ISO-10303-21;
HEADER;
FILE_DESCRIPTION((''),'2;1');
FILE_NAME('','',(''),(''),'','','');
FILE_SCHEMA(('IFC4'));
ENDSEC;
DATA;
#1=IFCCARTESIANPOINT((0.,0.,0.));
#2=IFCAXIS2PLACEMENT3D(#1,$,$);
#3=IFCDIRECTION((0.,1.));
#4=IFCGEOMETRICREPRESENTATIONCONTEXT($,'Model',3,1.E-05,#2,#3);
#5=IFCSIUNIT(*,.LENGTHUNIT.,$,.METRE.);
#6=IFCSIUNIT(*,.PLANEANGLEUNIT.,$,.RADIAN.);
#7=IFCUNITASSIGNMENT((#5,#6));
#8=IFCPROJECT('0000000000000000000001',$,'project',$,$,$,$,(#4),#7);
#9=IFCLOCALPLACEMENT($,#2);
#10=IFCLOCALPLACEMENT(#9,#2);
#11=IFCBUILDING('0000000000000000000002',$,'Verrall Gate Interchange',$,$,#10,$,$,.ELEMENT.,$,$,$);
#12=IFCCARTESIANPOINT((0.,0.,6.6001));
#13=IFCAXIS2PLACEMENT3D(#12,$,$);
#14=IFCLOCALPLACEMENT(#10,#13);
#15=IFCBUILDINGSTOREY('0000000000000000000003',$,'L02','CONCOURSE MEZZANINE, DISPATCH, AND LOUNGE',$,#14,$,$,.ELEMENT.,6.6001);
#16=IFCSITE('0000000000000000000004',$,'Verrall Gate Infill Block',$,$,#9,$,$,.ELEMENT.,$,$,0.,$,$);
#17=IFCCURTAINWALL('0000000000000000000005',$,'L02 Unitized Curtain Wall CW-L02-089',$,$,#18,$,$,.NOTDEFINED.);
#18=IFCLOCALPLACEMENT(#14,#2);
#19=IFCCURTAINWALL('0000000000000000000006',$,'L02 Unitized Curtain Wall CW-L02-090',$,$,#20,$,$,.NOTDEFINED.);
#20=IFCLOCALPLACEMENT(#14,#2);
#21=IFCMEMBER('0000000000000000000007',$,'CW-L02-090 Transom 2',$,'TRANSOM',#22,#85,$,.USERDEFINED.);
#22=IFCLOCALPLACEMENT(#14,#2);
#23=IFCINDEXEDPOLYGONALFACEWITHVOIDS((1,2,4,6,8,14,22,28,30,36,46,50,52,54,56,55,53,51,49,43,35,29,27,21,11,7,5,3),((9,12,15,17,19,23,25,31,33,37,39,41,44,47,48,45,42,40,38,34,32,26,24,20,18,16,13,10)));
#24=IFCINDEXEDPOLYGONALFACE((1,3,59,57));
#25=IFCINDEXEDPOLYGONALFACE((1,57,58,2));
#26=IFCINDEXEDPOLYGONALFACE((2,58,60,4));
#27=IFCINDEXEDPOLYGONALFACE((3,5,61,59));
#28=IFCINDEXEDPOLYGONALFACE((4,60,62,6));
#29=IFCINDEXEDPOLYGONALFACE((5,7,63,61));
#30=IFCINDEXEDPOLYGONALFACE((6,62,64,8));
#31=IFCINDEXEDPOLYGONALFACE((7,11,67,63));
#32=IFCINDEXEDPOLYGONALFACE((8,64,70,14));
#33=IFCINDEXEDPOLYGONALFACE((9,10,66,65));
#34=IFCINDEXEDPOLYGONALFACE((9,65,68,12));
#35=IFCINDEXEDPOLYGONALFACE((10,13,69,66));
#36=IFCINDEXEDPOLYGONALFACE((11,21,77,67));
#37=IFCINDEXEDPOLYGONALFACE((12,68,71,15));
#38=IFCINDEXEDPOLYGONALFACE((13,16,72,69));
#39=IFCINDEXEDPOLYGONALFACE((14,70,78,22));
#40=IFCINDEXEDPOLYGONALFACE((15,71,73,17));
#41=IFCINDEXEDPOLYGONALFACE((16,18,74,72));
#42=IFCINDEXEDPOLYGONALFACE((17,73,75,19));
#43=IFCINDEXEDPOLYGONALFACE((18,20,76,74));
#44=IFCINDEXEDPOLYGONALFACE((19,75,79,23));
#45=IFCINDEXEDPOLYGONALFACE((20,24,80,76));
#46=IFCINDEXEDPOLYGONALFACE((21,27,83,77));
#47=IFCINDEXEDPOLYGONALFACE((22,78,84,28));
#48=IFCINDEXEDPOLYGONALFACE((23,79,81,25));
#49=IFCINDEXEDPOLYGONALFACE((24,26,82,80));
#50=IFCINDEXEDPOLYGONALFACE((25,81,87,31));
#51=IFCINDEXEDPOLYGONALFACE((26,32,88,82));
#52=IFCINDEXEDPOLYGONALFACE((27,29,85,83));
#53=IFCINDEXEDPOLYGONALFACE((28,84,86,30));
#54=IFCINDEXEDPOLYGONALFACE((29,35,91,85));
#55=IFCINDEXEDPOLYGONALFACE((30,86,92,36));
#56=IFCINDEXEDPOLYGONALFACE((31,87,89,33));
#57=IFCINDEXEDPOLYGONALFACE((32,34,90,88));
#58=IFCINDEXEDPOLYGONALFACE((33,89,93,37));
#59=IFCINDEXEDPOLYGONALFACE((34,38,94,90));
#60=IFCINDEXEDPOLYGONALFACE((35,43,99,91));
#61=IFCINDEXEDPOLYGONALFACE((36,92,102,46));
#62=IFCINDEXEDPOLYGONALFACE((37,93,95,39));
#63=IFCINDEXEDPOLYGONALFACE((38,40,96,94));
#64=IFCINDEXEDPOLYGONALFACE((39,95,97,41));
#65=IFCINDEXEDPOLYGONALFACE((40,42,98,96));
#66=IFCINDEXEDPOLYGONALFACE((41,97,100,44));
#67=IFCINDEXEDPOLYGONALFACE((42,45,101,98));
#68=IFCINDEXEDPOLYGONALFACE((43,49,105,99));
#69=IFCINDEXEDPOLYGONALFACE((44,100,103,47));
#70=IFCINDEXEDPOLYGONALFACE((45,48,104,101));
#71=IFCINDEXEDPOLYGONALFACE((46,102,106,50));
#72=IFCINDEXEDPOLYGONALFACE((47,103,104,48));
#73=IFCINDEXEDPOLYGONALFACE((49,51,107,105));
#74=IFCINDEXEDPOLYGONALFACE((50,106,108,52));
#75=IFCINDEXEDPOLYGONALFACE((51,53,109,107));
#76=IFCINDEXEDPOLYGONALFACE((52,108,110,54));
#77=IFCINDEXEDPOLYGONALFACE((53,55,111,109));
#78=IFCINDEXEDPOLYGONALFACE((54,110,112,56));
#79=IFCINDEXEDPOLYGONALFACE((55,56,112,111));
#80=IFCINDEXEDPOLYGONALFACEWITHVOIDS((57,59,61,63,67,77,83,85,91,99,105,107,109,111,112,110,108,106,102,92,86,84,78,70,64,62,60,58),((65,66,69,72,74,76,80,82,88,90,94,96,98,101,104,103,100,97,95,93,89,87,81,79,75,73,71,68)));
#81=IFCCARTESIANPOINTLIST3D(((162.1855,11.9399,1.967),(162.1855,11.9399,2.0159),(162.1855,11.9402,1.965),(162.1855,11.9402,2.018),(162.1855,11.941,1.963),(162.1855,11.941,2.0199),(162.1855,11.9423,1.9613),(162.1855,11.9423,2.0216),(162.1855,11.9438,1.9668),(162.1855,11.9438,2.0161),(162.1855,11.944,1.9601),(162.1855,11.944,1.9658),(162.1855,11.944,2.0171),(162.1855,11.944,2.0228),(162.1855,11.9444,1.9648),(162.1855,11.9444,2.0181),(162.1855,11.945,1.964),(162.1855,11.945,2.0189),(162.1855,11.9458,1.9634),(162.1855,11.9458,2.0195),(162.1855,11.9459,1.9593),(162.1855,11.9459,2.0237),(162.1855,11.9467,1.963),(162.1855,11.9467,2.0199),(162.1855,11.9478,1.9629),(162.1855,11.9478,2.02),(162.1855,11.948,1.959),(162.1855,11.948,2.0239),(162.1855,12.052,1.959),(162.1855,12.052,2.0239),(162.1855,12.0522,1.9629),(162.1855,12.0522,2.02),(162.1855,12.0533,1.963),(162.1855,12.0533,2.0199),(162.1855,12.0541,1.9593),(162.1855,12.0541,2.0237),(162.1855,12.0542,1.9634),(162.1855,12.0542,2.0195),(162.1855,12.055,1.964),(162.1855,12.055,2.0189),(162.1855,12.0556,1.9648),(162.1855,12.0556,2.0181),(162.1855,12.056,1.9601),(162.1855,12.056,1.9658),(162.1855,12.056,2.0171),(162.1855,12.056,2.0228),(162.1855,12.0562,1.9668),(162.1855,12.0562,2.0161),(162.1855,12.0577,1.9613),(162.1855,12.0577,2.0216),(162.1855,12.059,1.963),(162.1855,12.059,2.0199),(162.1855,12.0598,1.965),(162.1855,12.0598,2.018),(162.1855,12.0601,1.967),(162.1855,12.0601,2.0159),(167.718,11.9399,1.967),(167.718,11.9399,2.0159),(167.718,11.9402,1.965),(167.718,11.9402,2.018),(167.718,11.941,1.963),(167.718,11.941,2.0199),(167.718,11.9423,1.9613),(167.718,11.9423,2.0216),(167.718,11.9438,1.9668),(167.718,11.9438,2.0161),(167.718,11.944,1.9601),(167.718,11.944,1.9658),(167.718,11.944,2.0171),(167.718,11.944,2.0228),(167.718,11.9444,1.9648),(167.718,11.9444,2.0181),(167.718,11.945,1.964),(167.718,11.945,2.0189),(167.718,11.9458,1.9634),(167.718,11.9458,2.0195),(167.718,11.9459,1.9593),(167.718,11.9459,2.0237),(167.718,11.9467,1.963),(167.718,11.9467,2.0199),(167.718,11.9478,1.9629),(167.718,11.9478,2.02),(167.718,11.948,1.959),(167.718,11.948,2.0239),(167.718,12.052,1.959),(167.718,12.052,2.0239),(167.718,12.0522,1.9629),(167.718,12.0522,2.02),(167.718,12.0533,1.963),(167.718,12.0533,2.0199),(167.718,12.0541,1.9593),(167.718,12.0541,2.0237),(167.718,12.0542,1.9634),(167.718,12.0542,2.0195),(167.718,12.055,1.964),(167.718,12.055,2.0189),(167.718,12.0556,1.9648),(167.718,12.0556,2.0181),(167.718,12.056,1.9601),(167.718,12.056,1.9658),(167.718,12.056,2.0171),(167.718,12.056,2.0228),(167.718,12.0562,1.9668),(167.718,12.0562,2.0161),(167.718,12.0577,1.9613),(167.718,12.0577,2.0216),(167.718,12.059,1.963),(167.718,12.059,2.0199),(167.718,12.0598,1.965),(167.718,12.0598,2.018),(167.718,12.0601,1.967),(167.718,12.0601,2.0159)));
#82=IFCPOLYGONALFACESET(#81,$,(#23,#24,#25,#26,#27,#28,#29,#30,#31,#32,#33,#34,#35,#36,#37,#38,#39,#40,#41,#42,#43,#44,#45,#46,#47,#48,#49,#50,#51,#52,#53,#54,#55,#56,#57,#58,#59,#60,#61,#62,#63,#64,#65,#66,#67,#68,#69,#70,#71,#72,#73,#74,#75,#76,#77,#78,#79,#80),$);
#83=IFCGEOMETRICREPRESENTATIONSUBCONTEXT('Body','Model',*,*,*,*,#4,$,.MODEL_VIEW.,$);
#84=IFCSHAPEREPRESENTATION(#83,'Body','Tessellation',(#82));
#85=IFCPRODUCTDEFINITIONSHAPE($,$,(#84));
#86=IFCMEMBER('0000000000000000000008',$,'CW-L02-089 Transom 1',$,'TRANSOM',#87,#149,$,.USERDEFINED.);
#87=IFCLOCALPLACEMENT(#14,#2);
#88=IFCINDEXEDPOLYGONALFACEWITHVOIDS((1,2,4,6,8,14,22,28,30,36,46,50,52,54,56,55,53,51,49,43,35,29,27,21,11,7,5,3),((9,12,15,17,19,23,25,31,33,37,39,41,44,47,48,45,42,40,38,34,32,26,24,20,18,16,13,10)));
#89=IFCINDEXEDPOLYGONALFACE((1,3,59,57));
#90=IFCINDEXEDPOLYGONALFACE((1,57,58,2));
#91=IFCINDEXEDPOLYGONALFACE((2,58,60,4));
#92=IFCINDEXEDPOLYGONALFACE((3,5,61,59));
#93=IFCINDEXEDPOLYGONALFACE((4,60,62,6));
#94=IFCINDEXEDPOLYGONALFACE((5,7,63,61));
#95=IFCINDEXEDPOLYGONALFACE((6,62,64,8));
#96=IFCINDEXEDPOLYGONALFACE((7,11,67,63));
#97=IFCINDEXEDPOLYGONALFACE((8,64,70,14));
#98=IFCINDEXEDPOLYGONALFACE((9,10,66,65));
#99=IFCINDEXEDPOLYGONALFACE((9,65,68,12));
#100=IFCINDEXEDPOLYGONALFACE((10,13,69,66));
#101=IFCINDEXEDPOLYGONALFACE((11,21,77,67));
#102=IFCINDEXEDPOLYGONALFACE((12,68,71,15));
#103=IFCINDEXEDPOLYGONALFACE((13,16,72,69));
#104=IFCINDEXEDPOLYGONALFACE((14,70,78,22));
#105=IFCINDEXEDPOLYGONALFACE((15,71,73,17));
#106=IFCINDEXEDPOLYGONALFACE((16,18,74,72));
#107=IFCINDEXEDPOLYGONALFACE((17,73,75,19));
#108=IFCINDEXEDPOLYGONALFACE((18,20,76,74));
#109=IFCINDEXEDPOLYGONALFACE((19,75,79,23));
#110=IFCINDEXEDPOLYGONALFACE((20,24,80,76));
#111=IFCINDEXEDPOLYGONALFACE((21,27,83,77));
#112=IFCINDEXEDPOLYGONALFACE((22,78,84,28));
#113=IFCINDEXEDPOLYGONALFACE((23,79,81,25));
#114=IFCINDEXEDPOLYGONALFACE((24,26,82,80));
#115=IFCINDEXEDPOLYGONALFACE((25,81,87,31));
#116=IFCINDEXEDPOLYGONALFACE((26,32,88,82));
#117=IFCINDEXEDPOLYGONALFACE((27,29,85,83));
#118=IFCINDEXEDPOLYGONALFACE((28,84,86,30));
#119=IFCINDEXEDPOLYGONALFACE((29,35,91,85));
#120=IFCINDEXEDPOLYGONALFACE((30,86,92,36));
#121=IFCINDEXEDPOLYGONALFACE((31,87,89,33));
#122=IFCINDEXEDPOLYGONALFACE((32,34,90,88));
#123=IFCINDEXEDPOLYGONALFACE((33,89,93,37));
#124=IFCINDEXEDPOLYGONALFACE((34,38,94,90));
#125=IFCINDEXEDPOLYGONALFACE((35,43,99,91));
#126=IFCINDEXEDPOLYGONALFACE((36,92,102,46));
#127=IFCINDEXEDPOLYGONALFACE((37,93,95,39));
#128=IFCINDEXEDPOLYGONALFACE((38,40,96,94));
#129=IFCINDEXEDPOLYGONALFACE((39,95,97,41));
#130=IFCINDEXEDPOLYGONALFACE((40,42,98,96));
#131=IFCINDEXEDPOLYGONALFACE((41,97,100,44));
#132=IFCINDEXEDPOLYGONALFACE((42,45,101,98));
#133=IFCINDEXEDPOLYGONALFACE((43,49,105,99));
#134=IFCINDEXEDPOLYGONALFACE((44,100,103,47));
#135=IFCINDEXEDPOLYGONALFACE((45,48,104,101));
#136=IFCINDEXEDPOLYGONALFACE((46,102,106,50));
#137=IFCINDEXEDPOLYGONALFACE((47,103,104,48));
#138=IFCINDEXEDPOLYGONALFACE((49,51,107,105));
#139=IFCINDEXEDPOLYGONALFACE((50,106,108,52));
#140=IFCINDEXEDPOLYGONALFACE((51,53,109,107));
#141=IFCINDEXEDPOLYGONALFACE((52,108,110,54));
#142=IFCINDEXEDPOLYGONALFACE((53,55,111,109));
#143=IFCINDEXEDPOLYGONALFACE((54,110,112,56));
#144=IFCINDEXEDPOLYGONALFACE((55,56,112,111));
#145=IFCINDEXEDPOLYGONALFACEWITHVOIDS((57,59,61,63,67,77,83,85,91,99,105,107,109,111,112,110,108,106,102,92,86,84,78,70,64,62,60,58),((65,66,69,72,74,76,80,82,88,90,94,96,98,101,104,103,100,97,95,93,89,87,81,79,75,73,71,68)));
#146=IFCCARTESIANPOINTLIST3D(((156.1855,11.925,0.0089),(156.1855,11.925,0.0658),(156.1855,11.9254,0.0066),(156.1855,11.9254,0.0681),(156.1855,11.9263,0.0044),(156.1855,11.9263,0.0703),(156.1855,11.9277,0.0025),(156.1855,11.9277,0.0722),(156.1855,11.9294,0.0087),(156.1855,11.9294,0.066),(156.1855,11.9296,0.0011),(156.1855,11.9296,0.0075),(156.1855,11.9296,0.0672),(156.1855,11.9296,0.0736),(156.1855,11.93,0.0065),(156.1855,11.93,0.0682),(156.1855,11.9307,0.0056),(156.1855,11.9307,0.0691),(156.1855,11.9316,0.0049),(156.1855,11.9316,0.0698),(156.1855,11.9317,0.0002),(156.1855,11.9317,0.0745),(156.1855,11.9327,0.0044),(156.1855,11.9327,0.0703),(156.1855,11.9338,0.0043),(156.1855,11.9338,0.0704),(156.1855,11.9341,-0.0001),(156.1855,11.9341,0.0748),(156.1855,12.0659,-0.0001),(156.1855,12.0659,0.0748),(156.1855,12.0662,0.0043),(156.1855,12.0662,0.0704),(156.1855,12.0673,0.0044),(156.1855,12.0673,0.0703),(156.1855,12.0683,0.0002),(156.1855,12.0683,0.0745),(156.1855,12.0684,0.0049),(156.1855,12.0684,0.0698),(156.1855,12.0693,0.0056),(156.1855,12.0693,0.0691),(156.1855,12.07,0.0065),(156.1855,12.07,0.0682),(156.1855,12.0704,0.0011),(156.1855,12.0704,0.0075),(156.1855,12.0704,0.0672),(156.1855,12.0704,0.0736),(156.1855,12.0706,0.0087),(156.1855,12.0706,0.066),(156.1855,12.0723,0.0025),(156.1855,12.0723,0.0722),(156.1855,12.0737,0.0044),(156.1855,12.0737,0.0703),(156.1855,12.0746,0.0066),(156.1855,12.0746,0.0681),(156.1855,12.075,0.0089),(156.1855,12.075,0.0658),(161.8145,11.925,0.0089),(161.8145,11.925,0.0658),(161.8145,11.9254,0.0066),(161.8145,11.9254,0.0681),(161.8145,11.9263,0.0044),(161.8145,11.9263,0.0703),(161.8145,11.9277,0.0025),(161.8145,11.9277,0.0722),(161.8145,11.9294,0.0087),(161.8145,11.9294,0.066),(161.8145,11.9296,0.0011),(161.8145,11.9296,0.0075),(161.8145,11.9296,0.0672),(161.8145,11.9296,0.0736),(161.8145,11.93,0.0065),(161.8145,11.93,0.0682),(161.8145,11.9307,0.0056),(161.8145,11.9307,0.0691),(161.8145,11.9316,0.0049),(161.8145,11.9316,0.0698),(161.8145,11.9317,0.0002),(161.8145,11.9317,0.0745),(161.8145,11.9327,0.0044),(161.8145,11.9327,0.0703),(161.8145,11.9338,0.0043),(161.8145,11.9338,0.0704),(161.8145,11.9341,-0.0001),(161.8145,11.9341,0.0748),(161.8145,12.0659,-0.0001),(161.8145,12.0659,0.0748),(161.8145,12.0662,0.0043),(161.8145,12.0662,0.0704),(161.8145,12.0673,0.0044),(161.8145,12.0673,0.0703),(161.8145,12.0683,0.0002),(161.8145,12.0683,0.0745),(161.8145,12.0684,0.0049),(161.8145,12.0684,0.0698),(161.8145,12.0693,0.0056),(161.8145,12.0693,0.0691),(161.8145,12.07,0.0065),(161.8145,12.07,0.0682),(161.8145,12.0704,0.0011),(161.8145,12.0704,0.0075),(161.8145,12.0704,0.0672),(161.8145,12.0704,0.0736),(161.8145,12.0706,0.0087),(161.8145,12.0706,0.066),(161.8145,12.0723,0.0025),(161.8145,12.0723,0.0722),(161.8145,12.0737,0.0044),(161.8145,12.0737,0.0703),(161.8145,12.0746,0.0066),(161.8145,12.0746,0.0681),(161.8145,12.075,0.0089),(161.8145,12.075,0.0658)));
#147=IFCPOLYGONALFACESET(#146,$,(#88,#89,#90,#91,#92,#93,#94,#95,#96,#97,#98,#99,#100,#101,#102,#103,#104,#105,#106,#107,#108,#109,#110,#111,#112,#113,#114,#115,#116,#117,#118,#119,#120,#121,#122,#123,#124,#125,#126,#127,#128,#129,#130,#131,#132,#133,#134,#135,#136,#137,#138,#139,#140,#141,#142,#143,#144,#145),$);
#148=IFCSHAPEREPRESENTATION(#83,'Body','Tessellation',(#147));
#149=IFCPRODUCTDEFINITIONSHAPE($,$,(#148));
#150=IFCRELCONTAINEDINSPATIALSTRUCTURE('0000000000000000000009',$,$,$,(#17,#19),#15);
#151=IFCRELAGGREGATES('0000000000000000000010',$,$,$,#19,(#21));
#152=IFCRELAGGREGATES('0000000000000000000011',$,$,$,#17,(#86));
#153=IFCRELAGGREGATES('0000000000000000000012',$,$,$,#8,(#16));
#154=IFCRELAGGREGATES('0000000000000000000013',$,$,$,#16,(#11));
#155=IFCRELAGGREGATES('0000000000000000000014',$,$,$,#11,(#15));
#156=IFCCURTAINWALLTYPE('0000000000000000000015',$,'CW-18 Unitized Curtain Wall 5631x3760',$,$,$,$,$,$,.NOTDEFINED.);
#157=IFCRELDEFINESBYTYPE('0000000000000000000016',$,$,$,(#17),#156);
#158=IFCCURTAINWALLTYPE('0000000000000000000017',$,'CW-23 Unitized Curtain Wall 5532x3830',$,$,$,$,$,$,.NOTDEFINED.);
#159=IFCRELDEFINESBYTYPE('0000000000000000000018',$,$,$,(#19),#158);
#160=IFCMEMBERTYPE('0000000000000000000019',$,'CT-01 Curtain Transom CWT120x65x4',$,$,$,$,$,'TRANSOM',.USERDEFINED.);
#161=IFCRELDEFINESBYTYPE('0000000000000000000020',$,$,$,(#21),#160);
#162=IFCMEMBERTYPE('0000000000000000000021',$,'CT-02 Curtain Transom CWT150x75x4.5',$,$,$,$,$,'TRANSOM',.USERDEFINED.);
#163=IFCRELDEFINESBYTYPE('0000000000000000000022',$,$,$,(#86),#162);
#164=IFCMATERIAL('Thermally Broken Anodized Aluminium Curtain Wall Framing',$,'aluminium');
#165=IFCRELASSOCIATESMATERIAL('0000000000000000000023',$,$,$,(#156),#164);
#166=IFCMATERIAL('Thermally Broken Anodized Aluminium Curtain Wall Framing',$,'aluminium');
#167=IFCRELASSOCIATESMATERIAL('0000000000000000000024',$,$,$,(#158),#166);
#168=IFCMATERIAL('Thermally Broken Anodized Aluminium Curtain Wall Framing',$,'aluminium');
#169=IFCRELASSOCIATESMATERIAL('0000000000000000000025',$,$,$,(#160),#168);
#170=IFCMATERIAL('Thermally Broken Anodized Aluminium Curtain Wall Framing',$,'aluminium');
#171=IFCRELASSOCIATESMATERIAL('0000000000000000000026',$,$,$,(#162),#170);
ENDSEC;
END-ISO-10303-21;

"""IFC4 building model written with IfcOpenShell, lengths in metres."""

from ifc_helpers import new_model, si_unit, direction, frame, origin, origin_2d, place, context, subcontext, project, spatial, hollow_rectangle, extrude, material, material_profile, profile_set, type_object, element, aggregate, save


model = new_model("IFC4")

# Units and contexts
model_context = context("Model", 3, precision=1e-05, world=origin(), true_north=direction((0.0, 1.0)))
body_context = subcontext(model_context, "Body", "Model", "MODEL_VIEW")
ifc_project = project(units=[si_unit("LENGTHUNIT", "METRE"), si_unit("PLANEANGLEUNIT", "RADIAN")], contexts=[model_context])

# Site, building, storey
site_placement = place(None, origin())
site = spatial("IfcSite", under=ifc_project, at=site_placement, Name="Verrall Gate Infill Block", CompositionType="ELEMENT", RefElevation=0.0)
building_placement = place(site_placement, origin())
building = spatial("IfcBuilding", under=site, at=building_placement, Name="Verrall Gate Interchange", CompositionType="ELEMENT")
storey_placement = place(building_placement, frame((0.0, 0.0, 6.6001)))
storey = spatial("IfcBuildingStorey", under=building, at=storey_placement, Name="L02", Description="CONCOURSE MEZZANINE, DISPATCH, AND LOUNGE", CompositionType="ELEMENT", Elevation=6.6001)

# Curtain walls, member
ifc_material_1 = material(Name="Thermally Broken Anodized Aluminium Curtain Wall Framing", Category="aluminium")
curtain_wall_type_1 = type_object("IfcCurtainWallType", Name="CW-18 Unitized Curtain Wall 5631x3760", PredefinedType="NOTDEFINED", material=ifc_material_1)
curtain_wall_1_placement = place(storey_placement, origin())
curtain_wall_1 = element("IfcCurtainWall", 1, at=curtain_wall_1_placement, inside=storey, type_object=curtain_wall_type_1, Name="L02 Unitized Curtain Wall CW-L02-089", PredefinedType="NOTDEFINED")
ifc_material_2 = material(Name="Thermally Broken Anodized Aluminium Curtain Wall Framing", Category="aluminium")
curtain_wall_type_2 = type_object("IfcCurtainWallType", Name="CW-23 Unitized Curtain Wall 5532x3830", PredefinedType="NOTDEFINED", material=ifc_material_2)
curtain_wall_2_placement = place(storey_placement, origin())
curtain_wall_2 = element("IfcCurtainWall", 2, at=curtain_wall_2_placement, inside=storey, type_object=curtain_wall_type_2, Name="L02 Unitized Curtain Wall CW-L02-090", PredefinedType="NOTDEFINED")
ifc_material_3 = material(Name="Thermally Broken Anodized Aluminium Curtain Wall Framing", Category="aluminium")
ifc_material_profile_1 = material_profile(ifc_material_3, hollow_rectangle(XDim=0.1201, YDim=0.0649, WallThickness=0.0039, InnerFilletRadius=0.0039, OuterFilletRadius=0.0081, at=origin_2d()), Name="CWT120x65x4")
ifc_profile_set_1 = profile_set([ifc_material_profile_1], Name="Thermally Broken Anodized Aluminium Curtain Wall Framing")
member_type_1 = type_object("IfcMemberType", Name="CT-01 Curtain Transom CWT120x65x4", ElementType="TRANSOM", PredefinedType="USERDEFINED", material=ifc_profile_set_1)
member_1_placement = place(storey_placement, frame((162.1855, 12.0, 1.9915), z_axis=(1.0, 0.0, 0.0), x_axis=(0.0, 1.0, 0.0)))
member_1 = element("IfcMember", 3, at=member_1_placement, type_object=member_type_1, Name="CW-L02-090 Transom 2", ObjectType="TRANSOM", PredefinedType="USERDEFINED", context=body_context, shape_type="SweptSolid", body=[
    extrude(hollow_rectangle(XDim=0.1201, YDim=0.0649, WallThickness=0.0039, InnerFilletRadius=0.0039, OuterFilletRadius=0.0081, at=origin_2d()), origin(), (0.0, 0.0, 1.0), 5.5325),
])
aggregate(curtain_wall_2, [member_1])

# Member
ifc_material_4 = material(Name="Thermally Broken Anodized Aluminium Curtain Wall Framing", Category="aluminium")
ifc_material_profile_2 = material_profile(ifc_material_4, hollow_rectangle(XDim=0.1499, YDim=0.075, WallThickness=0.0044, InnerFilletRadius=0.0044, OuterFilletRadius=0.009, at=origin_2d()), Name="CWT150x75x4.5")
ifc_profile_set_2 = profile_set([ifc_material_profile_2], Name="Thermally Broken Anodized Aluminium Curtain Wall Framing")
member_type_2 = type_object("IfcMemberType", Name="CT-02 Curtain Transom CWT150x75x4.5", ElementType="TRANSOM", PredefinedType="USERDEFINED", material=ifc_profile_set_2)
member_2_placement = place(storey_placement, frame((156.1855, 12.0, 0.0374), z_axis=(1.0, 0.0, 0.0), x_axis=(0.0, 1.0, 0.0)))
member_2 = element("IfcMember", 4, at=member_2_placement, type_object=member_type_2, Name="CW-L02-089 Transom 1", ObjectType="TRANSOM", PredefinedType="USERDEFINED", context=body_context, shape_type="SweptSolid", body=[
    extrude(hollow_rectangle(XDim=0.1499, YDim=0.075, WallThickness=0.0044, InnerFilletRadius=0.0044, OuterFilletRadius=0.009, at=origin_2d()), origin(), (0.0, 0.0, 1.0), 5.6289),
])

aggregate(curtain_wall_1, [member_2])

save(model, "model.ifc")
